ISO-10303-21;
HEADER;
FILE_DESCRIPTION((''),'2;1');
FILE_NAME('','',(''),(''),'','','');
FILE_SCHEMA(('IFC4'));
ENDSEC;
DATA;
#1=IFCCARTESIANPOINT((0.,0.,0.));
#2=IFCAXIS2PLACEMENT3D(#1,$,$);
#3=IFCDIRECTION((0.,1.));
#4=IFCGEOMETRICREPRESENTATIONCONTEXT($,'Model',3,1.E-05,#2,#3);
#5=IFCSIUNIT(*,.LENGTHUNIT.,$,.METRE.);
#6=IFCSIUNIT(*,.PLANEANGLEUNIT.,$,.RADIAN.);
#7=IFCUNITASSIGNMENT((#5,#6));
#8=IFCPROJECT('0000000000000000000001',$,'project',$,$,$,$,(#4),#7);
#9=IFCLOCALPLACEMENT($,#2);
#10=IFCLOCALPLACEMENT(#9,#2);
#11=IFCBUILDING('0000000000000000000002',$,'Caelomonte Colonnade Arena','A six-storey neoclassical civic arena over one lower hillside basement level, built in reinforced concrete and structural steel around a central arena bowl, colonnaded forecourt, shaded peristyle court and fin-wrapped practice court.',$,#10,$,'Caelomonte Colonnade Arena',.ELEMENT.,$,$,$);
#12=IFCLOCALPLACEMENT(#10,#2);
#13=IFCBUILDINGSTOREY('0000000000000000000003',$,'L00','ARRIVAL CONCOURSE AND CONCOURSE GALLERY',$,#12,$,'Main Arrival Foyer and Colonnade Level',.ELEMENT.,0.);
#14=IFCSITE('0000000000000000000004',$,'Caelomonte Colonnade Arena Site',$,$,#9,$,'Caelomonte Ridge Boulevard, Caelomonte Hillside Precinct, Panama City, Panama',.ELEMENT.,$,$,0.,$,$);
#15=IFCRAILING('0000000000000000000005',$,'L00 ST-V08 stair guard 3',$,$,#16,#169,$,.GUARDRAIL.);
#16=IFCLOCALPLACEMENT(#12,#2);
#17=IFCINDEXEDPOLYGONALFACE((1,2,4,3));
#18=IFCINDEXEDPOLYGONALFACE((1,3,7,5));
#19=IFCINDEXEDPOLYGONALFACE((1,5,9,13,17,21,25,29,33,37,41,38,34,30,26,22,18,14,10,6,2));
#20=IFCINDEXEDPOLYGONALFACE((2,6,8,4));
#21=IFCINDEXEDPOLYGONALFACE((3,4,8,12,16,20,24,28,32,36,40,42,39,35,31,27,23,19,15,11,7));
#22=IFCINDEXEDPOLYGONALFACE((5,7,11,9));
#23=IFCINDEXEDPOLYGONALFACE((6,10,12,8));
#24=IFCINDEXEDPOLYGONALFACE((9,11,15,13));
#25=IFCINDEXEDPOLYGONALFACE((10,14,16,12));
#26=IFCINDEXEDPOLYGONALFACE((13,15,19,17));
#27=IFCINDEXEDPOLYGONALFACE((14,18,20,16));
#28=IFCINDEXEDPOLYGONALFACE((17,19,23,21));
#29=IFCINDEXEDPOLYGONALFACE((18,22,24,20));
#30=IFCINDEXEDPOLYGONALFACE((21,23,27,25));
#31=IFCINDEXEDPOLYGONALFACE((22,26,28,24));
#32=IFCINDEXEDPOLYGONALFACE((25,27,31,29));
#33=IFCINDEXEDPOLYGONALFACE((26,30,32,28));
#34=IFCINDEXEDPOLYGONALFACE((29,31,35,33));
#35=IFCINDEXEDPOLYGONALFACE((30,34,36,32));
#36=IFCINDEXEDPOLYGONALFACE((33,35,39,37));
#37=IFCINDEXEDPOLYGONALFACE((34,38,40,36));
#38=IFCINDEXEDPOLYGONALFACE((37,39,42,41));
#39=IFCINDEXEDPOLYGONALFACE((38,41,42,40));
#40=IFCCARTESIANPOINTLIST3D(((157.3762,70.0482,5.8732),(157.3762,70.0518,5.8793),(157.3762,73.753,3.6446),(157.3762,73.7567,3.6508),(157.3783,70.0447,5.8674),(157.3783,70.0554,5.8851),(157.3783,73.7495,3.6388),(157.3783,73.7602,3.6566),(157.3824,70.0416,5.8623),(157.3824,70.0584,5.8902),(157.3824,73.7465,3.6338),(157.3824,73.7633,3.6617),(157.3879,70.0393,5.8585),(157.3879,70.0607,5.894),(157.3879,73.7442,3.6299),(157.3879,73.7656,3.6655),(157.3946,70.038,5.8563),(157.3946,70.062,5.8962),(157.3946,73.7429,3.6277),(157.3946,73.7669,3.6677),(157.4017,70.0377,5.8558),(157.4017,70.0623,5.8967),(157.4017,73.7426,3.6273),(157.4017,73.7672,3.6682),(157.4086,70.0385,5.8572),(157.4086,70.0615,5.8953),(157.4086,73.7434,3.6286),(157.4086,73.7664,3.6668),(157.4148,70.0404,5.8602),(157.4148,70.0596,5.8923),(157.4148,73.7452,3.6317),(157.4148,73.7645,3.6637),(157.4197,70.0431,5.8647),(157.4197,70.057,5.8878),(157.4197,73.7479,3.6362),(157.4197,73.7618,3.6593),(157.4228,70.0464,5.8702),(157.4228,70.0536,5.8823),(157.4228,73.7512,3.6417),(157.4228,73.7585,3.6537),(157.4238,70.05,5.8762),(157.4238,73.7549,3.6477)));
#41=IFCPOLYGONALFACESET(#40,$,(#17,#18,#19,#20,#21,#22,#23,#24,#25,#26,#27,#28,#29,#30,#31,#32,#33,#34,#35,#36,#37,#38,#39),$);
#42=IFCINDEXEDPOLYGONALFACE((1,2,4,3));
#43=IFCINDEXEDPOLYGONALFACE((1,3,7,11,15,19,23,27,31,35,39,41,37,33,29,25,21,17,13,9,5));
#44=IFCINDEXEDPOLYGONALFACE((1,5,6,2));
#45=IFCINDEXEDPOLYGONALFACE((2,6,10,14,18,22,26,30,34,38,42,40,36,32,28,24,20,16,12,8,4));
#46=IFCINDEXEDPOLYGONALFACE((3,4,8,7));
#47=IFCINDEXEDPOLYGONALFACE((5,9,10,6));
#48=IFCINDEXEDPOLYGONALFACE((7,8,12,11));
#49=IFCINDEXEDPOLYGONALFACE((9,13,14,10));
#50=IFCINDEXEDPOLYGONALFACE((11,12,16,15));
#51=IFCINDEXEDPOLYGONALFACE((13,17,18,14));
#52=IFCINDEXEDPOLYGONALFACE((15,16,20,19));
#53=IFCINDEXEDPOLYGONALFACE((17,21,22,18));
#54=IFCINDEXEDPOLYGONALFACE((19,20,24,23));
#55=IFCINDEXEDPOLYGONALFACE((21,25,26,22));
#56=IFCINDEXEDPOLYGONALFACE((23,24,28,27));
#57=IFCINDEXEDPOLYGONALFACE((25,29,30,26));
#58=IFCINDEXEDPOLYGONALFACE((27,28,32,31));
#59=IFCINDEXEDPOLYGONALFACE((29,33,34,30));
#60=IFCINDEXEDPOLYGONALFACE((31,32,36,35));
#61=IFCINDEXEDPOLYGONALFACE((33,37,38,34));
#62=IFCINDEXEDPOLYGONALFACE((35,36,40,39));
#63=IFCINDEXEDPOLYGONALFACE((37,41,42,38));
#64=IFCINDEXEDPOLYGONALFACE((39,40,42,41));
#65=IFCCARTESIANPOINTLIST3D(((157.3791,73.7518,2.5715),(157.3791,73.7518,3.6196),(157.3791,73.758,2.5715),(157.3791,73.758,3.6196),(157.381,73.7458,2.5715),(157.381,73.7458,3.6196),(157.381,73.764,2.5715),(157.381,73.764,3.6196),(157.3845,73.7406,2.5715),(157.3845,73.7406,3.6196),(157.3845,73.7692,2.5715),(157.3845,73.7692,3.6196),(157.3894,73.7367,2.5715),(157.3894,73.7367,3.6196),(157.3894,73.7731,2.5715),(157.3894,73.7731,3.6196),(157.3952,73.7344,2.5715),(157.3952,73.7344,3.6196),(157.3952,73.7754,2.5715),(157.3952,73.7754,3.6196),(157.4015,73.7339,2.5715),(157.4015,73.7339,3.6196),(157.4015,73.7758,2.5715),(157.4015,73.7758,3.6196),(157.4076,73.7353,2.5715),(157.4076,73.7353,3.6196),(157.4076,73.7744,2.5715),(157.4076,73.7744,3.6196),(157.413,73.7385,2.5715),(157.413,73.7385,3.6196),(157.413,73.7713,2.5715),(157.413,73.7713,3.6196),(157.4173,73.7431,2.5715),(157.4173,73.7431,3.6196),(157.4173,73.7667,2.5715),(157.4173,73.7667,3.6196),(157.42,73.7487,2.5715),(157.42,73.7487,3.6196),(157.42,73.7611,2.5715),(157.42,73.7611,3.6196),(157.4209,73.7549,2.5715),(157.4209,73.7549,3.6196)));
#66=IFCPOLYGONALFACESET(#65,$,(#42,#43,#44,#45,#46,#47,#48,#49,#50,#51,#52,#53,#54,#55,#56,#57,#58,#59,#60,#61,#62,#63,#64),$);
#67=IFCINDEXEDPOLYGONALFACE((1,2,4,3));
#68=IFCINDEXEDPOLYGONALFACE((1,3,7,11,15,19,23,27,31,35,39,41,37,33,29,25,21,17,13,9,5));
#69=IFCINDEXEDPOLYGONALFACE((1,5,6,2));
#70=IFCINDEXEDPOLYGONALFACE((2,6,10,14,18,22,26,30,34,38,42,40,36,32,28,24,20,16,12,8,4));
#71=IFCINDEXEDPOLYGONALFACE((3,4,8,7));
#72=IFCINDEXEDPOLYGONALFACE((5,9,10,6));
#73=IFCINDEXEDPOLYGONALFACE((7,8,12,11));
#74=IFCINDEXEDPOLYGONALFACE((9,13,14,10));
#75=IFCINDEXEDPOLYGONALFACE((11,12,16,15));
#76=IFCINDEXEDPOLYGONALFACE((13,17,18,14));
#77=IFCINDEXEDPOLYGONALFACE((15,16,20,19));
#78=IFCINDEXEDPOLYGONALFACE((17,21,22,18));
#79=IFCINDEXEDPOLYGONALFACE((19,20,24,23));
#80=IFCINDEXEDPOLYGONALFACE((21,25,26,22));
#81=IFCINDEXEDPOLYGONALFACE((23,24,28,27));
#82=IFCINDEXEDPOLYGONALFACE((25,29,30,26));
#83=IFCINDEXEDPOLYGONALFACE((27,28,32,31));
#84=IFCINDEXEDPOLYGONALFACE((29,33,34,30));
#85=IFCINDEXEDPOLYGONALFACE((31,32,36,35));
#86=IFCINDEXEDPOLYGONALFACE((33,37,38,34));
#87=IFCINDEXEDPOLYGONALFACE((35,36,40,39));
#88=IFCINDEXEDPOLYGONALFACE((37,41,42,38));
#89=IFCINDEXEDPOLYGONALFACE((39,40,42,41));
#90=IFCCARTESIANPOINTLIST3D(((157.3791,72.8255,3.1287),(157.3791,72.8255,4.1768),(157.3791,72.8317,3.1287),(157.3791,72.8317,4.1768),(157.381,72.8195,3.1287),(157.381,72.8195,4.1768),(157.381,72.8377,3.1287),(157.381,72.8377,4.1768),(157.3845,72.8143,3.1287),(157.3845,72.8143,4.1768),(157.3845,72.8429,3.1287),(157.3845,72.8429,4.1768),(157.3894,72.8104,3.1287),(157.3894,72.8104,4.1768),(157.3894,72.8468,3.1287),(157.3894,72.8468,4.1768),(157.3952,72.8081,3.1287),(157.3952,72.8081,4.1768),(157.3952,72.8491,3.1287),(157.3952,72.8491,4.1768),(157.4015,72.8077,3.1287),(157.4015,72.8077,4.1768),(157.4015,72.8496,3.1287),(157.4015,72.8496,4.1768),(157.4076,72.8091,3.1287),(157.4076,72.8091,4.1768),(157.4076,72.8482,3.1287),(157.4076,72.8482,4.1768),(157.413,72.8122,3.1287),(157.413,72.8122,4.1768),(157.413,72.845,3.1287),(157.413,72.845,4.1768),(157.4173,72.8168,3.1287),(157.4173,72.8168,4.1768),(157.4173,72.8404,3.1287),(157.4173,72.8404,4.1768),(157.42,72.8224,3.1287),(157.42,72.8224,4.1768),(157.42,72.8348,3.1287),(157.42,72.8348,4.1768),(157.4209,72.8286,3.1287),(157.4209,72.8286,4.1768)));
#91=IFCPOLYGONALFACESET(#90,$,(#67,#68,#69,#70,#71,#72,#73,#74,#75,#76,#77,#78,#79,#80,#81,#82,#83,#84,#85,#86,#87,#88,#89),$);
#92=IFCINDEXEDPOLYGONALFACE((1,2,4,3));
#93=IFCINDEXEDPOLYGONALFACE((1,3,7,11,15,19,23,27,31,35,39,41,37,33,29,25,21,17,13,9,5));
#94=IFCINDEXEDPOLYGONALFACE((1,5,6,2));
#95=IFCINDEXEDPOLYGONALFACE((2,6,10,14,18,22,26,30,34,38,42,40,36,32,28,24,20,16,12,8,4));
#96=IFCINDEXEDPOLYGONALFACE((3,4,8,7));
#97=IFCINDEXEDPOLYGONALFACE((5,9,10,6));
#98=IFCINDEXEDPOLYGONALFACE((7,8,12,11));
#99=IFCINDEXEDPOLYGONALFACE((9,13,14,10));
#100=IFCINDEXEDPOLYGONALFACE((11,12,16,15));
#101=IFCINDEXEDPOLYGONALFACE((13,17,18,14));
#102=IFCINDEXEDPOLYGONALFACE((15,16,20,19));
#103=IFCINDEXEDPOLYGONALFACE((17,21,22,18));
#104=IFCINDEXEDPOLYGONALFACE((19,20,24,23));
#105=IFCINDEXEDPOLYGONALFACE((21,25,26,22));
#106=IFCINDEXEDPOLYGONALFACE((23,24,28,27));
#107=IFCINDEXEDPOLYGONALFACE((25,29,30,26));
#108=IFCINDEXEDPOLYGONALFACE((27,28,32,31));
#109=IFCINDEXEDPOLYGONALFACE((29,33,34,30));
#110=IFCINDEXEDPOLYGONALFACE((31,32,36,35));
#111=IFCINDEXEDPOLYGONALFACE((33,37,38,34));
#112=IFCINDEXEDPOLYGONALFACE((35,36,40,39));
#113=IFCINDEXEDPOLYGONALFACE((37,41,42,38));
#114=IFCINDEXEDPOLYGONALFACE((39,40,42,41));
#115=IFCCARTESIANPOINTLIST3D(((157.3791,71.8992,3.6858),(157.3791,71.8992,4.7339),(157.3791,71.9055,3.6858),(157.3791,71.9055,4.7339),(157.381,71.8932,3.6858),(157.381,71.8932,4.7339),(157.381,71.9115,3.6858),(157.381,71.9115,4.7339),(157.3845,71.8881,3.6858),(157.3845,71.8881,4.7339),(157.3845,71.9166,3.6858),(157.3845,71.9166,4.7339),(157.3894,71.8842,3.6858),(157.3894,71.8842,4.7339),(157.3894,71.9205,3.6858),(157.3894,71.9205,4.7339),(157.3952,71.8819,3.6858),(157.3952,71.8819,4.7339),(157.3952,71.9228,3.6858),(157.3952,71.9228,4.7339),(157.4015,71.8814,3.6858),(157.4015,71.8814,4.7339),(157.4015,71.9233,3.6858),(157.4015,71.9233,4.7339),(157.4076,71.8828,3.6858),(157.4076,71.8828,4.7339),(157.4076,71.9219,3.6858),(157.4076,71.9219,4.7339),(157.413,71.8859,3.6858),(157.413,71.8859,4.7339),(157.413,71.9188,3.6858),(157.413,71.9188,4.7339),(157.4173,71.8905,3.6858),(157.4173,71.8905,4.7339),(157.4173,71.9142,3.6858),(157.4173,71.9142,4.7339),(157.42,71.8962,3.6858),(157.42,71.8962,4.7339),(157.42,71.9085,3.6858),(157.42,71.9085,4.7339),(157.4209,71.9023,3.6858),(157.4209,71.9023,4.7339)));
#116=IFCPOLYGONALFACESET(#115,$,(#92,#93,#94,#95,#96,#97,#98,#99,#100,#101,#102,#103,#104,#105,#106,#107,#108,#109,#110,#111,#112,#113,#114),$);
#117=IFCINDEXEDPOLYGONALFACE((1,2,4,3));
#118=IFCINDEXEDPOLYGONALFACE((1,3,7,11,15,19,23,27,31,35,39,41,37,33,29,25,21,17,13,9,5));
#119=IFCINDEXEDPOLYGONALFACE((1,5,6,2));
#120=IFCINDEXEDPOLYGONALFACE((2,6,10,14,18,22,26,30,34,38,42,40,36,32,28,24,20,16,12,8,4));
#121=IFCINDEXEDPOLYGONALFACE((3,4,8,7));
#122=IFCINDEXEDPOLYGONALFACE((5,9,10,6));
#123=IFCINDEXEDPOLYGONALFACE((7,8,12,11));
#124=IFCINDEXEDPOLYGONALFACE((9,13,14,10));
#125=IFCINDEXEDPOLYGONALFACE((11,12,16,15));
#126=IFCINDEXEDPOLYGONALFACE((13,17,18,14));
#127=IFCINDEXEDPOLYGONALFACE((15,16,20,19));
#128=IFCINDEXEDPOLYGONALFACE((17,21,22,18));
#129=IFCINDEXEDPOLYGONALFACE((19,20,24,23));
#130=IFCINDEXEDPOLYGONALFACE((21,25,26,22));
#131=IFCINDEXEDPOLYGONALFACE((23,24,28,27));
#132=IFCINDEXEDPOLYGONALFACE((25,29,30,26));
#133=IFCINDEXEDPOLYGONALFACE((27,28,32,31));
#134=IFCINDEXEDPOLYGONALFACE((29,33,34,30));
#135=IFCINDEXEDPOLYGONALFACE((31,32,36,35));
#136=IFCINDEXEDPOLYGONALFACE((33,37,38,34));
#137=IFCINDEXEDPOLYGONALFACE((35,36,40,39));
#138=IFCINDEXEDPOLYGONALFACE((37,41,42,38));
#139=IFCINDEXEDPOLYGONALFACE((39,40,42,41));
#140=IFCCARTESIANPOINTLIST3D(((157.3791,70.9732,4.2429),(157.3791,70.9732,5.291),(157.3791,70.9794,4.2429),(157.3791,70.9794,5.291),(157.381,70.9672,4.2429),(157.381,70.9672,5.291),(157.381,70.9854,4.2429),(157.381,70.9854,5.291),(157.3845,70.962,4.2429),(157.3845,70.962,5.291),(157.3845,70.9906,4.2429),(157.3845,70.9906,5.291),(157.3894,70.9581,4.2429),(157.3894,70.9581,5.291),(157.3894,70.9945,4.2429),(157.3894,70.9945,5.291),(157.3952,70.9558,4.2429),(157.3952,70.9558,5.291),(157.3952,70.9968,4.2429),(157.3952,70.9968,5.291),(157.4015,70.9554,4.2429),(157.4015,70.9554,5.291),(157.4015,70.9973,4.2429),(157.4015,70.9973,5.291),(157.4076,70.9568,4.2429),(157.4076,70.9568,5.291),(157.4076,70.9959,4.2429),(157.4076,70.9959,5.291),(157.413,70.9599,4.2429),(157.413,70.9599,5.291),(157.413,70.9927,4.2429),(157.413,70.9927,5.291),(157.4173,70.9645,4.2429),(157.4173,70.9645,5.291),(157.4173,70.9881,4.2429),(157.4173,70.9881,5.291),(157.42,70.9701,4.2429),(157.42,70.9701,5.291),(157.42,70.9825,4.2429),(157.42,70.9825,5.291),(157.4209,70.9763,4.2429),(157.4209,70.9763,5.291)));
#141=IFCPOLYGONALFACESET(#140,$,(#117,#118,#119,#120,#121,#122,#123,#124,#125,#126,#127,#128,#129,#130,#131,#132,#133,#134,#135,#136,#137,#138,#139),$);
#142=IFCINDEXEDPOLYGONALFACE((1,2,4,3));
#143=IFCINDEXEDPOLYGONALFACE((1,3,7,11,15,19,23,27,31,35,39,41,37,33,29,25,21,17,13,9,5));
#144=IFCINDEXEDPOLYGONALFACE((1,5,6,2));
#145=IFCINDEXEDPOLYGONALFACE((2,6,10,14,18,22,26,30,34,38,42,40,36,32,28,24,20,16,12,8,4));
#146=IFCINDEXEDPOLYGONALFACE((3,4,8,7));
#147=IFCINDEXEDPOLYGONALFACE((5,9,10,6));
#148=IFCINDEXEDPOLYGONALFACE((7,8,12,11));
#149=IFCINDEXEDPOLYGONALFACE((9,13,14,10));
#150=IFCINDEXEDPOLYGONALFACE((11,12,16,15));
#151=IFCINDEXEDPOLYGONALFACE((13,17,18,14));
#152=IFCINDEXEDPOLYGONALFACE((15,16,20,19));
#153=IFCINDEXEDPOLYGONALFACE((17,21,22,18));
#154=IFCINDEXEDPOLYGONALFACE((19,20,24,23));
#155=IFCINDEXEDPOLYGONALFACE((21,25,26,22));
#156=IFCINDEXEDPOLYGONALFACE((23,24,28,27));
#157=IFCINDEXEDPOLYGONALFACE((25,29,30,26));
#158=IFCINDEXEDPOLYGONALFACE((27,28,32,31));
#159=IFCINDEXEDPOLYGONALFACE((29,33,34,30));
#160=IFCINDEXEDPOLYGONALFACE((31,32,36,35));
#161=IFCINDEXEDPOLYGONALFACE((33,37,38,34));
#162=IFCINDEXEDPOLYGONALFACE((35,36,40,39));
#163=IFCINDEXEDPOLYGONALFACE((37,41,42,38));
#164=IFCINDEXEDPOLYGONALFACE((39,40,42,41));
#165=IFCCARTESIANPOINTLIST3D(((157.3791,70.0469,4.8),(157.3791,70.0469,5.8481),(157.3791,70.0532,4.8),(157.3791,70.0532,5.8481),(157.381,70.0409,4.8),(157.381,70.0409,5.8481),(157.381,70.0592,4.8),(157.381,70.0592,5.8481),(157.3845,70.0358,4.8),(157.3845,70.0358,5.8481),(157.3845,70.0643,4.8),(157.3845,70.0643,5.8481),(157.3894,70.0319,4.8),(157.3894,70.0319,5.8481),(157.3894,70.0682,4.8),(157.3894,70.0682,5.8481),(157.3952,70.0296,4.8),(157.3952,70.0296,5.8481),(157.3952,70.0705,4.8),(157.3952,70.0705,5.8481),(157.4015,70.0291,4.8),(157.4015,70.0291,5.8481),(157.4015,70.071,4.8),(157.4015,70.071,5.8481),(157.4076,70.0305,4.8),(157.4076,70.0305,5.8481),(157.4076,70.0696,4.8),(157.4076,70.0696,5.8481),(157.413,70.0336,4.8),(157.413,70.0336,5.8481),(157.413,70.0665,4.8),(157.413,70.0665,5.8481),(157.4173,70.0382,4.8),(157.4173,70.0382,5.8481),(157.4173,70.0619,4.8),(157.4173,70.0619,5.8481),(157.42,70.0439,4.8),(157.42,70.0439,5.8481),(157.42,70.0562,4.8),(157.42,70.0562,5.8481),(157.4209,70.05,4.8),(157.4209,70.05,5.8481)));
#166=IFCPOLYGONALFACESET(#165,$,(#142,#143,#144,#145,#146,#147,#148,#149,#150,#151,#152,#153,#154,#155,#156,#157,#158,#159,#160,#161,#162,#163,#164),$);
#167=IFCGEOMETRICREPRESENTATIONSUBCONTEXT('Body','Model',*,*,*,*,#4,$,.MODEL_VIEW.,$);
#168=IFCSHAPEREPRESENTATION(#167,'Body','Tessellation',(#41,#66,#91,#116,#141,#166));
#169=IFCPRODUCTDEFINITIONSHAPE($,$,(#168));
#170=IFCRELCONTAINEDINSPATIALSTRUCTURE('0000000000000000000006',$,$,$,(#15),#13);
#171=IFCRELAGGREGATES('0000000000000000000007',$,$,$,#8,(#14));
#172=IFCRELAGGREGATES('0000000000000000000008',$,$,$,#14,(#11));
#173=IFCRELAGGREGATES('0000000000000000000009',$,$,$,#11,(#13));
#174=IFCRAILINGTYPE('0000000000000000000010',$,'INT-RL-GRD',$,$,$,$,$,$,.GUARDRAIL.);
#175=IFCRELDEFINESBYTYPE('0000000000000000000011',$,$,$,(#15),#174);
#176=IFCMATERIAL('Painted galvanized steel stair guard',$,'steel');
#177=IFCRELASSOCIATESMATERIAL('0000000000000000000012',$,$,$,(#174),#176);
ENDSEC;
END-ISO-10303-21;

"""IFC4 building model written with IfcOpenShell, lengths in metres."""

from ifc_helpers import new_model, si_unit, direction, frame, origin, origin_2d, place, context, subcontext, project, spatial, circle, extrude, material, type_object, element, save


model = new_model("IFC4")

# Units and contexts
model_context = context("Model", 3, precision=1e-05, world=origin(), true_north=direction((0.0, 1.0)))
body_context = subcontext(model_context, "Body", "Model", "MODEL_VIEW")
ifc_project = project(units=[si_unit("LENGTHUNIT", "METRE"), si_unit("PLANEANGLEUNIT", "RADIAN")], contexts=[model_context])

# Site, building, storey
site_placement = place(None, origin())
site = spatial("IfcSite", under=ifc_project, at=site_placement, Name="Caelomonte Colonnade Arena Site", LongName="Caelomonte Ridge Boulevard, Caelomonte Hillside Precinct, Panama City, Panama", CompositionType="ELEMENT", RefElevation=0.0)
building_placement = place(site_placement, origin())
building = spatial("IfcBuilding", under=site, at=building_placement, Name="Caelomonte Colonnade Arena", Description="A six-storey neoclassical civic arena over one lower hillside basement level, built in reinforced concrete and structural steel around a central arena bowl, colonnaded forecourt, shaded peristyle court and fin-wrapped practice court.", LongName="Caelomonte Colonnade Arena", CompositionType="ELEMENT")
storey_placement = place(building_placement, origin())
storey = spatial("IfcBuildingStorey", under=building, at=storey_placement, Name="L00", Description="ARRIVAL CONCOURSE AND CONCOURSE GALLERY", LongName="Main Arrival Foyer and Colonnade Level", CompositionType="ELEMENT", Elevation=0.0)

# Railing
ifc_material_1 = material(Name="Painted galvanized steel stair guard", Category="steel")
railing_type_1 = type_object("IfcRailingType", Name="INT-RL-GRD", PredefinedType="GUARDRAIL", material=ifc_material_1)
railing_1_placement = place(storey_placement, frame((157.3999, 73.7549, 2.5715)))
element("IfcRailing", 1, at=railing_1_placement, inside=storey, type_object=railing_type_1, Name="L00 ST-V08 stair guard 3", PredefinedType="GUARDRAIL", context=body_context, shape_type="SweptSolid", body=[
    extrude(circle(Radius=0.0239, at=origin_2d()), frame((0.0, 0.0, 1.0762), z_axis=(0.0, -0.856919, 0.51545), x_axis=(1.0, 0.0, 0.0)), (0.0, 0.0, 1.0), 4.3235),
    extrude(circle(Radius=0.021, at=origin_2d()), origin(), (0.0, 0.0, 1.0), 1.0481),
    extrude(circle(Radius=0.021, at=origin_2d()), frame((0.0, -0.9263, 0.5571)), (0.0, 0.0, 1.0), 1.0481),
    extrude(circle(Radius=0.021, at=origin_2d()), frame((0.0, -1.8525, 1.1143)), (0.0, 0.0, 1.0), 1.0481),
    extrude(circle(Radius=0.021, at=origin_2d()), frame((0.0, -2.7786, 1.6714)), (0.0, 0.0, 1.0), 1.0481),
    extrude(circle(Radius=0.021, at=origin_2d()), frame((0.0, -3.7048, 2.2285)), (0.0, 0.0, 1.0), 1.0481),
])

save(model, "model.ifc")
